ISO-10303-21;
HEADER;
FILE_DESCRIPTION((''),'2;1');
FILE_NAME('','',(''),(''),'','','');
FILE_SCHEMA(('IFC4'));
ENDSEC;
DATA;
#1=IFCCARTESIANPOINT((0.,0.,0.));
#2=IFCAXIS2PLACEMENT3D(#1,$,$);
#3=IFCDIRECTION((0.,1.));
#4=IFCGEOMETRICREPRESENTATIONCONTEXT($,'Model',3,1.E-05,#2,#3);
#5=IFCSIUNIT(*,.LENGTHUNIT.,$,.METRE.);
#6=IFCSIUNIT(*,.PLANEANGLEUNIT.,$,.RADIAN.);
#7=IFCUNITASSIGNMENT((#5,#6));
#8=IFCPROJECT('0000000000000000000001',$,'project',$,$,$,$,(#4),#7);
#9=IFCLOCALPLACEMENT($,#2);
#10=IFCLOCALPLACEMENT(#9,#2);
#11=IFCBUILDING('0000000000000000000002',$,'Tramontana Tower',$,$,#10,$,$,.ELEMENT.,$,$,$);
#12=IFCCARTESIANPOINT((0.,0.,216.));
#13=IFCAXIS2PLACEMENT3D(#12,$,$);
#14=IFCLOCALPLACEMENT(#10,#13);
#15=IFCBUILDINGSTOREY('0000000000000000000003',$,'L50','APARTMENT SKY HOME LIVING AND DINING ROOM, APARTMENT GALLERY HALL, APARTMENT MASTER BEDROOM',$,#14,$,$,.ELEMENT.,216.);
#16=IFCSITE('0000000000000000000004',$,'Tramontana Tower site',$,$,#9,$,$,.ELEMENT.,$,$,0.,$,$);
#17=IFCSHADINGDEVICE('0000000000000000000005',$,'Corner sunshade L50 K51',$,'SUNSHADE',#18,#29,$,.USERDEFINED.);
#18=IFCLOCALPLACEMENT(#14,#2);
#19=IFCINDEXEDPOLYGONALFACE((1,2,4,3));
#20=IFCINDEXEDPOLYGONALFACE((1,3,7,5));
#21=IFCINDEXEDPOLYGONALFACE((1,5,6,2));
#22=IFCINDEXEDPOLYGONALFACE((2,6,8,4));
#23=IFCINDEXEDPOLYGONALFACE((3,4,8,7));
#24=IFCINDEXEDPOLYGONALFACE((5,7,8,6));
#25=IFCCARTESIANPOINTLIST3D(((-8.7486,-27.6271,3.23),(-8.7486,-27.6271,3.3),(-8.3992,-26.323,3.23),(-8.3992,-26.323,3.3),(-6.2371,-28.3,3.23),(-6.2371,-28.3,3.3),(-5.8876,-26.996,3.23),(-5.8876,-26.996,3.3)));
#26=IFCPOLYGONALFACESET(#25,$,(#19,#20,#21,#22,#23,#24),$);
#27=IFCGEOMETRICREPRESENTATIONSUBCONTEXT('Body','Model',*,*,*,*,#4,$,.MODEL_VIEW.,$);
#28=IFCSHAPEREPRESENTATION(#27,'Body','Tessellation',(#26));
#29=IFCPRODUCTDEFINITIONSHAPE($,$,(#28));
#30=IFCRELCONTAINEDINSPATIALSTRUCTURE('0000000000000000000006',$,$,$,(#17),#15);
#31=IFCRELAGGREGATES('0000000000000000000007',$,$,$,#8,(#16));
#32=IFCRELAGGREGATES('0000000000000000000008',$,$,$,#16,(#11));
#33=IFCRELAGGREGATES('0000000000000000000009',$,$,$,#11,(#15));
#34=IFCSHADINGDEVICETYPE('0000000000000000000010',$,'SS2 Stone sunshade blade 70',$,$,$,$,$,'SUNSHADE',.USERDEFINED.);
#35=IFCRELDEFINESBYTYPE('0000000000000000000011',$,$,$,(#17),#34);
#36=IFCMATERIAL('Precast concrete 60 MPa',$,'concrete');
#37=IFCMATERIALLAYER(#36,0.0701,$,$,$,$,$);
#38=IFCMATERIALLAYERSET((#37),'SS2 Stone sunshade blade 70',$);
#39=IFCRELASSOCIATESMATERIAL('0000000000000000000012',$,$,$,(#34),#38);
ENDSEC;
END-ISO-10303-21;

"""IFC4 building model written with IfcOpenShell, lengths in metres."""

from ifc_helpers import new_model, si_unit, direction, frame, origin, origin_2d, place, context, subcontext, project, spatial, rectangle, extrude, material, layer, layer_set, type_object, element, save


model = new_model("IFC4")

# Units and contexts
model_context = context("Model", 3, precision=1e-05, world=origin(), true_north=direction((0.0, 1.0)))
body_context = subcontext(model_context, "Body", "Model", "MODEL_VIEW")
ifc_project = project(units=[si_unit("LENGTHUNIT", "METRE"), si_unit("PLANEANGLEUNIT", "RADIAN")], contexts=[model_context])

# Site, building, storey
site_placement = place(None, origin())
site = spatial("IfcSite", under=ifc_project, at=site_placement, Name="Tramontana Tower site", CompositionType="ELEMENT", RefElevation=0.0)
building_placement = place(site_placement, origin())
building = spatial("IfcBuilding", under=site, at=building_placement, Name="Tramontana Tower", CompositionType="ELEMENT")
storey_placement = place(building_placement, frame((0.0, 0.0, 216.0)))
storey = spatial("IfcBuildingStorey", under=building, at=storey_placement, Name="L50", Description="APARTMENT SKY HOME LIVING AND DINING ROOM, APARTMENT GALLERY HALL, APARTMENT MASTER BEDROOM", CompositionType="ELEMENT", Elevation=216.0)

# Shading device
ifc_material_1 = material(Name="Precast concrete 60 MPa", Category="concrete")
ifc_layer_1 = layer(ifc_material_1, 0.0701)
ifc_layer_set_1 = layer_set([ifc_layer_1], Name="SS2 Stone sunshade blade 70")
shading_device_type = type_object("IfcShadingDeviceType", Name="SS2 Stone sunshade blade 70", ElementType="SUNSHADE", PredefinedType="USERDEFINED", material=ifc_layer_set_1)
shading_device_placement = place(storey_placement, frame((-7.3181, -27.3115, 3.23), z_axis=(0.0, 0.0, 1.0), x_axis=(-0.965926, 0.258819, 0.0)))
element("IfcShadingDevice", 1, at=shading_device_placement, inside=storey, type_object=shading_device_type, Name="Corner sunshade L50 K51", ObjectType="SUNSHADE", PredefinedType="USERDEFINED", context=body_context, shape_type="SweptSolid", body=[
    extrude(rectangle(XDim=2.6001, YDim=1.3501, at=origin_2d()), origin(), (0.0, 0.0, 1.0), 0.0701),
])

save(model, "model.ifc")
